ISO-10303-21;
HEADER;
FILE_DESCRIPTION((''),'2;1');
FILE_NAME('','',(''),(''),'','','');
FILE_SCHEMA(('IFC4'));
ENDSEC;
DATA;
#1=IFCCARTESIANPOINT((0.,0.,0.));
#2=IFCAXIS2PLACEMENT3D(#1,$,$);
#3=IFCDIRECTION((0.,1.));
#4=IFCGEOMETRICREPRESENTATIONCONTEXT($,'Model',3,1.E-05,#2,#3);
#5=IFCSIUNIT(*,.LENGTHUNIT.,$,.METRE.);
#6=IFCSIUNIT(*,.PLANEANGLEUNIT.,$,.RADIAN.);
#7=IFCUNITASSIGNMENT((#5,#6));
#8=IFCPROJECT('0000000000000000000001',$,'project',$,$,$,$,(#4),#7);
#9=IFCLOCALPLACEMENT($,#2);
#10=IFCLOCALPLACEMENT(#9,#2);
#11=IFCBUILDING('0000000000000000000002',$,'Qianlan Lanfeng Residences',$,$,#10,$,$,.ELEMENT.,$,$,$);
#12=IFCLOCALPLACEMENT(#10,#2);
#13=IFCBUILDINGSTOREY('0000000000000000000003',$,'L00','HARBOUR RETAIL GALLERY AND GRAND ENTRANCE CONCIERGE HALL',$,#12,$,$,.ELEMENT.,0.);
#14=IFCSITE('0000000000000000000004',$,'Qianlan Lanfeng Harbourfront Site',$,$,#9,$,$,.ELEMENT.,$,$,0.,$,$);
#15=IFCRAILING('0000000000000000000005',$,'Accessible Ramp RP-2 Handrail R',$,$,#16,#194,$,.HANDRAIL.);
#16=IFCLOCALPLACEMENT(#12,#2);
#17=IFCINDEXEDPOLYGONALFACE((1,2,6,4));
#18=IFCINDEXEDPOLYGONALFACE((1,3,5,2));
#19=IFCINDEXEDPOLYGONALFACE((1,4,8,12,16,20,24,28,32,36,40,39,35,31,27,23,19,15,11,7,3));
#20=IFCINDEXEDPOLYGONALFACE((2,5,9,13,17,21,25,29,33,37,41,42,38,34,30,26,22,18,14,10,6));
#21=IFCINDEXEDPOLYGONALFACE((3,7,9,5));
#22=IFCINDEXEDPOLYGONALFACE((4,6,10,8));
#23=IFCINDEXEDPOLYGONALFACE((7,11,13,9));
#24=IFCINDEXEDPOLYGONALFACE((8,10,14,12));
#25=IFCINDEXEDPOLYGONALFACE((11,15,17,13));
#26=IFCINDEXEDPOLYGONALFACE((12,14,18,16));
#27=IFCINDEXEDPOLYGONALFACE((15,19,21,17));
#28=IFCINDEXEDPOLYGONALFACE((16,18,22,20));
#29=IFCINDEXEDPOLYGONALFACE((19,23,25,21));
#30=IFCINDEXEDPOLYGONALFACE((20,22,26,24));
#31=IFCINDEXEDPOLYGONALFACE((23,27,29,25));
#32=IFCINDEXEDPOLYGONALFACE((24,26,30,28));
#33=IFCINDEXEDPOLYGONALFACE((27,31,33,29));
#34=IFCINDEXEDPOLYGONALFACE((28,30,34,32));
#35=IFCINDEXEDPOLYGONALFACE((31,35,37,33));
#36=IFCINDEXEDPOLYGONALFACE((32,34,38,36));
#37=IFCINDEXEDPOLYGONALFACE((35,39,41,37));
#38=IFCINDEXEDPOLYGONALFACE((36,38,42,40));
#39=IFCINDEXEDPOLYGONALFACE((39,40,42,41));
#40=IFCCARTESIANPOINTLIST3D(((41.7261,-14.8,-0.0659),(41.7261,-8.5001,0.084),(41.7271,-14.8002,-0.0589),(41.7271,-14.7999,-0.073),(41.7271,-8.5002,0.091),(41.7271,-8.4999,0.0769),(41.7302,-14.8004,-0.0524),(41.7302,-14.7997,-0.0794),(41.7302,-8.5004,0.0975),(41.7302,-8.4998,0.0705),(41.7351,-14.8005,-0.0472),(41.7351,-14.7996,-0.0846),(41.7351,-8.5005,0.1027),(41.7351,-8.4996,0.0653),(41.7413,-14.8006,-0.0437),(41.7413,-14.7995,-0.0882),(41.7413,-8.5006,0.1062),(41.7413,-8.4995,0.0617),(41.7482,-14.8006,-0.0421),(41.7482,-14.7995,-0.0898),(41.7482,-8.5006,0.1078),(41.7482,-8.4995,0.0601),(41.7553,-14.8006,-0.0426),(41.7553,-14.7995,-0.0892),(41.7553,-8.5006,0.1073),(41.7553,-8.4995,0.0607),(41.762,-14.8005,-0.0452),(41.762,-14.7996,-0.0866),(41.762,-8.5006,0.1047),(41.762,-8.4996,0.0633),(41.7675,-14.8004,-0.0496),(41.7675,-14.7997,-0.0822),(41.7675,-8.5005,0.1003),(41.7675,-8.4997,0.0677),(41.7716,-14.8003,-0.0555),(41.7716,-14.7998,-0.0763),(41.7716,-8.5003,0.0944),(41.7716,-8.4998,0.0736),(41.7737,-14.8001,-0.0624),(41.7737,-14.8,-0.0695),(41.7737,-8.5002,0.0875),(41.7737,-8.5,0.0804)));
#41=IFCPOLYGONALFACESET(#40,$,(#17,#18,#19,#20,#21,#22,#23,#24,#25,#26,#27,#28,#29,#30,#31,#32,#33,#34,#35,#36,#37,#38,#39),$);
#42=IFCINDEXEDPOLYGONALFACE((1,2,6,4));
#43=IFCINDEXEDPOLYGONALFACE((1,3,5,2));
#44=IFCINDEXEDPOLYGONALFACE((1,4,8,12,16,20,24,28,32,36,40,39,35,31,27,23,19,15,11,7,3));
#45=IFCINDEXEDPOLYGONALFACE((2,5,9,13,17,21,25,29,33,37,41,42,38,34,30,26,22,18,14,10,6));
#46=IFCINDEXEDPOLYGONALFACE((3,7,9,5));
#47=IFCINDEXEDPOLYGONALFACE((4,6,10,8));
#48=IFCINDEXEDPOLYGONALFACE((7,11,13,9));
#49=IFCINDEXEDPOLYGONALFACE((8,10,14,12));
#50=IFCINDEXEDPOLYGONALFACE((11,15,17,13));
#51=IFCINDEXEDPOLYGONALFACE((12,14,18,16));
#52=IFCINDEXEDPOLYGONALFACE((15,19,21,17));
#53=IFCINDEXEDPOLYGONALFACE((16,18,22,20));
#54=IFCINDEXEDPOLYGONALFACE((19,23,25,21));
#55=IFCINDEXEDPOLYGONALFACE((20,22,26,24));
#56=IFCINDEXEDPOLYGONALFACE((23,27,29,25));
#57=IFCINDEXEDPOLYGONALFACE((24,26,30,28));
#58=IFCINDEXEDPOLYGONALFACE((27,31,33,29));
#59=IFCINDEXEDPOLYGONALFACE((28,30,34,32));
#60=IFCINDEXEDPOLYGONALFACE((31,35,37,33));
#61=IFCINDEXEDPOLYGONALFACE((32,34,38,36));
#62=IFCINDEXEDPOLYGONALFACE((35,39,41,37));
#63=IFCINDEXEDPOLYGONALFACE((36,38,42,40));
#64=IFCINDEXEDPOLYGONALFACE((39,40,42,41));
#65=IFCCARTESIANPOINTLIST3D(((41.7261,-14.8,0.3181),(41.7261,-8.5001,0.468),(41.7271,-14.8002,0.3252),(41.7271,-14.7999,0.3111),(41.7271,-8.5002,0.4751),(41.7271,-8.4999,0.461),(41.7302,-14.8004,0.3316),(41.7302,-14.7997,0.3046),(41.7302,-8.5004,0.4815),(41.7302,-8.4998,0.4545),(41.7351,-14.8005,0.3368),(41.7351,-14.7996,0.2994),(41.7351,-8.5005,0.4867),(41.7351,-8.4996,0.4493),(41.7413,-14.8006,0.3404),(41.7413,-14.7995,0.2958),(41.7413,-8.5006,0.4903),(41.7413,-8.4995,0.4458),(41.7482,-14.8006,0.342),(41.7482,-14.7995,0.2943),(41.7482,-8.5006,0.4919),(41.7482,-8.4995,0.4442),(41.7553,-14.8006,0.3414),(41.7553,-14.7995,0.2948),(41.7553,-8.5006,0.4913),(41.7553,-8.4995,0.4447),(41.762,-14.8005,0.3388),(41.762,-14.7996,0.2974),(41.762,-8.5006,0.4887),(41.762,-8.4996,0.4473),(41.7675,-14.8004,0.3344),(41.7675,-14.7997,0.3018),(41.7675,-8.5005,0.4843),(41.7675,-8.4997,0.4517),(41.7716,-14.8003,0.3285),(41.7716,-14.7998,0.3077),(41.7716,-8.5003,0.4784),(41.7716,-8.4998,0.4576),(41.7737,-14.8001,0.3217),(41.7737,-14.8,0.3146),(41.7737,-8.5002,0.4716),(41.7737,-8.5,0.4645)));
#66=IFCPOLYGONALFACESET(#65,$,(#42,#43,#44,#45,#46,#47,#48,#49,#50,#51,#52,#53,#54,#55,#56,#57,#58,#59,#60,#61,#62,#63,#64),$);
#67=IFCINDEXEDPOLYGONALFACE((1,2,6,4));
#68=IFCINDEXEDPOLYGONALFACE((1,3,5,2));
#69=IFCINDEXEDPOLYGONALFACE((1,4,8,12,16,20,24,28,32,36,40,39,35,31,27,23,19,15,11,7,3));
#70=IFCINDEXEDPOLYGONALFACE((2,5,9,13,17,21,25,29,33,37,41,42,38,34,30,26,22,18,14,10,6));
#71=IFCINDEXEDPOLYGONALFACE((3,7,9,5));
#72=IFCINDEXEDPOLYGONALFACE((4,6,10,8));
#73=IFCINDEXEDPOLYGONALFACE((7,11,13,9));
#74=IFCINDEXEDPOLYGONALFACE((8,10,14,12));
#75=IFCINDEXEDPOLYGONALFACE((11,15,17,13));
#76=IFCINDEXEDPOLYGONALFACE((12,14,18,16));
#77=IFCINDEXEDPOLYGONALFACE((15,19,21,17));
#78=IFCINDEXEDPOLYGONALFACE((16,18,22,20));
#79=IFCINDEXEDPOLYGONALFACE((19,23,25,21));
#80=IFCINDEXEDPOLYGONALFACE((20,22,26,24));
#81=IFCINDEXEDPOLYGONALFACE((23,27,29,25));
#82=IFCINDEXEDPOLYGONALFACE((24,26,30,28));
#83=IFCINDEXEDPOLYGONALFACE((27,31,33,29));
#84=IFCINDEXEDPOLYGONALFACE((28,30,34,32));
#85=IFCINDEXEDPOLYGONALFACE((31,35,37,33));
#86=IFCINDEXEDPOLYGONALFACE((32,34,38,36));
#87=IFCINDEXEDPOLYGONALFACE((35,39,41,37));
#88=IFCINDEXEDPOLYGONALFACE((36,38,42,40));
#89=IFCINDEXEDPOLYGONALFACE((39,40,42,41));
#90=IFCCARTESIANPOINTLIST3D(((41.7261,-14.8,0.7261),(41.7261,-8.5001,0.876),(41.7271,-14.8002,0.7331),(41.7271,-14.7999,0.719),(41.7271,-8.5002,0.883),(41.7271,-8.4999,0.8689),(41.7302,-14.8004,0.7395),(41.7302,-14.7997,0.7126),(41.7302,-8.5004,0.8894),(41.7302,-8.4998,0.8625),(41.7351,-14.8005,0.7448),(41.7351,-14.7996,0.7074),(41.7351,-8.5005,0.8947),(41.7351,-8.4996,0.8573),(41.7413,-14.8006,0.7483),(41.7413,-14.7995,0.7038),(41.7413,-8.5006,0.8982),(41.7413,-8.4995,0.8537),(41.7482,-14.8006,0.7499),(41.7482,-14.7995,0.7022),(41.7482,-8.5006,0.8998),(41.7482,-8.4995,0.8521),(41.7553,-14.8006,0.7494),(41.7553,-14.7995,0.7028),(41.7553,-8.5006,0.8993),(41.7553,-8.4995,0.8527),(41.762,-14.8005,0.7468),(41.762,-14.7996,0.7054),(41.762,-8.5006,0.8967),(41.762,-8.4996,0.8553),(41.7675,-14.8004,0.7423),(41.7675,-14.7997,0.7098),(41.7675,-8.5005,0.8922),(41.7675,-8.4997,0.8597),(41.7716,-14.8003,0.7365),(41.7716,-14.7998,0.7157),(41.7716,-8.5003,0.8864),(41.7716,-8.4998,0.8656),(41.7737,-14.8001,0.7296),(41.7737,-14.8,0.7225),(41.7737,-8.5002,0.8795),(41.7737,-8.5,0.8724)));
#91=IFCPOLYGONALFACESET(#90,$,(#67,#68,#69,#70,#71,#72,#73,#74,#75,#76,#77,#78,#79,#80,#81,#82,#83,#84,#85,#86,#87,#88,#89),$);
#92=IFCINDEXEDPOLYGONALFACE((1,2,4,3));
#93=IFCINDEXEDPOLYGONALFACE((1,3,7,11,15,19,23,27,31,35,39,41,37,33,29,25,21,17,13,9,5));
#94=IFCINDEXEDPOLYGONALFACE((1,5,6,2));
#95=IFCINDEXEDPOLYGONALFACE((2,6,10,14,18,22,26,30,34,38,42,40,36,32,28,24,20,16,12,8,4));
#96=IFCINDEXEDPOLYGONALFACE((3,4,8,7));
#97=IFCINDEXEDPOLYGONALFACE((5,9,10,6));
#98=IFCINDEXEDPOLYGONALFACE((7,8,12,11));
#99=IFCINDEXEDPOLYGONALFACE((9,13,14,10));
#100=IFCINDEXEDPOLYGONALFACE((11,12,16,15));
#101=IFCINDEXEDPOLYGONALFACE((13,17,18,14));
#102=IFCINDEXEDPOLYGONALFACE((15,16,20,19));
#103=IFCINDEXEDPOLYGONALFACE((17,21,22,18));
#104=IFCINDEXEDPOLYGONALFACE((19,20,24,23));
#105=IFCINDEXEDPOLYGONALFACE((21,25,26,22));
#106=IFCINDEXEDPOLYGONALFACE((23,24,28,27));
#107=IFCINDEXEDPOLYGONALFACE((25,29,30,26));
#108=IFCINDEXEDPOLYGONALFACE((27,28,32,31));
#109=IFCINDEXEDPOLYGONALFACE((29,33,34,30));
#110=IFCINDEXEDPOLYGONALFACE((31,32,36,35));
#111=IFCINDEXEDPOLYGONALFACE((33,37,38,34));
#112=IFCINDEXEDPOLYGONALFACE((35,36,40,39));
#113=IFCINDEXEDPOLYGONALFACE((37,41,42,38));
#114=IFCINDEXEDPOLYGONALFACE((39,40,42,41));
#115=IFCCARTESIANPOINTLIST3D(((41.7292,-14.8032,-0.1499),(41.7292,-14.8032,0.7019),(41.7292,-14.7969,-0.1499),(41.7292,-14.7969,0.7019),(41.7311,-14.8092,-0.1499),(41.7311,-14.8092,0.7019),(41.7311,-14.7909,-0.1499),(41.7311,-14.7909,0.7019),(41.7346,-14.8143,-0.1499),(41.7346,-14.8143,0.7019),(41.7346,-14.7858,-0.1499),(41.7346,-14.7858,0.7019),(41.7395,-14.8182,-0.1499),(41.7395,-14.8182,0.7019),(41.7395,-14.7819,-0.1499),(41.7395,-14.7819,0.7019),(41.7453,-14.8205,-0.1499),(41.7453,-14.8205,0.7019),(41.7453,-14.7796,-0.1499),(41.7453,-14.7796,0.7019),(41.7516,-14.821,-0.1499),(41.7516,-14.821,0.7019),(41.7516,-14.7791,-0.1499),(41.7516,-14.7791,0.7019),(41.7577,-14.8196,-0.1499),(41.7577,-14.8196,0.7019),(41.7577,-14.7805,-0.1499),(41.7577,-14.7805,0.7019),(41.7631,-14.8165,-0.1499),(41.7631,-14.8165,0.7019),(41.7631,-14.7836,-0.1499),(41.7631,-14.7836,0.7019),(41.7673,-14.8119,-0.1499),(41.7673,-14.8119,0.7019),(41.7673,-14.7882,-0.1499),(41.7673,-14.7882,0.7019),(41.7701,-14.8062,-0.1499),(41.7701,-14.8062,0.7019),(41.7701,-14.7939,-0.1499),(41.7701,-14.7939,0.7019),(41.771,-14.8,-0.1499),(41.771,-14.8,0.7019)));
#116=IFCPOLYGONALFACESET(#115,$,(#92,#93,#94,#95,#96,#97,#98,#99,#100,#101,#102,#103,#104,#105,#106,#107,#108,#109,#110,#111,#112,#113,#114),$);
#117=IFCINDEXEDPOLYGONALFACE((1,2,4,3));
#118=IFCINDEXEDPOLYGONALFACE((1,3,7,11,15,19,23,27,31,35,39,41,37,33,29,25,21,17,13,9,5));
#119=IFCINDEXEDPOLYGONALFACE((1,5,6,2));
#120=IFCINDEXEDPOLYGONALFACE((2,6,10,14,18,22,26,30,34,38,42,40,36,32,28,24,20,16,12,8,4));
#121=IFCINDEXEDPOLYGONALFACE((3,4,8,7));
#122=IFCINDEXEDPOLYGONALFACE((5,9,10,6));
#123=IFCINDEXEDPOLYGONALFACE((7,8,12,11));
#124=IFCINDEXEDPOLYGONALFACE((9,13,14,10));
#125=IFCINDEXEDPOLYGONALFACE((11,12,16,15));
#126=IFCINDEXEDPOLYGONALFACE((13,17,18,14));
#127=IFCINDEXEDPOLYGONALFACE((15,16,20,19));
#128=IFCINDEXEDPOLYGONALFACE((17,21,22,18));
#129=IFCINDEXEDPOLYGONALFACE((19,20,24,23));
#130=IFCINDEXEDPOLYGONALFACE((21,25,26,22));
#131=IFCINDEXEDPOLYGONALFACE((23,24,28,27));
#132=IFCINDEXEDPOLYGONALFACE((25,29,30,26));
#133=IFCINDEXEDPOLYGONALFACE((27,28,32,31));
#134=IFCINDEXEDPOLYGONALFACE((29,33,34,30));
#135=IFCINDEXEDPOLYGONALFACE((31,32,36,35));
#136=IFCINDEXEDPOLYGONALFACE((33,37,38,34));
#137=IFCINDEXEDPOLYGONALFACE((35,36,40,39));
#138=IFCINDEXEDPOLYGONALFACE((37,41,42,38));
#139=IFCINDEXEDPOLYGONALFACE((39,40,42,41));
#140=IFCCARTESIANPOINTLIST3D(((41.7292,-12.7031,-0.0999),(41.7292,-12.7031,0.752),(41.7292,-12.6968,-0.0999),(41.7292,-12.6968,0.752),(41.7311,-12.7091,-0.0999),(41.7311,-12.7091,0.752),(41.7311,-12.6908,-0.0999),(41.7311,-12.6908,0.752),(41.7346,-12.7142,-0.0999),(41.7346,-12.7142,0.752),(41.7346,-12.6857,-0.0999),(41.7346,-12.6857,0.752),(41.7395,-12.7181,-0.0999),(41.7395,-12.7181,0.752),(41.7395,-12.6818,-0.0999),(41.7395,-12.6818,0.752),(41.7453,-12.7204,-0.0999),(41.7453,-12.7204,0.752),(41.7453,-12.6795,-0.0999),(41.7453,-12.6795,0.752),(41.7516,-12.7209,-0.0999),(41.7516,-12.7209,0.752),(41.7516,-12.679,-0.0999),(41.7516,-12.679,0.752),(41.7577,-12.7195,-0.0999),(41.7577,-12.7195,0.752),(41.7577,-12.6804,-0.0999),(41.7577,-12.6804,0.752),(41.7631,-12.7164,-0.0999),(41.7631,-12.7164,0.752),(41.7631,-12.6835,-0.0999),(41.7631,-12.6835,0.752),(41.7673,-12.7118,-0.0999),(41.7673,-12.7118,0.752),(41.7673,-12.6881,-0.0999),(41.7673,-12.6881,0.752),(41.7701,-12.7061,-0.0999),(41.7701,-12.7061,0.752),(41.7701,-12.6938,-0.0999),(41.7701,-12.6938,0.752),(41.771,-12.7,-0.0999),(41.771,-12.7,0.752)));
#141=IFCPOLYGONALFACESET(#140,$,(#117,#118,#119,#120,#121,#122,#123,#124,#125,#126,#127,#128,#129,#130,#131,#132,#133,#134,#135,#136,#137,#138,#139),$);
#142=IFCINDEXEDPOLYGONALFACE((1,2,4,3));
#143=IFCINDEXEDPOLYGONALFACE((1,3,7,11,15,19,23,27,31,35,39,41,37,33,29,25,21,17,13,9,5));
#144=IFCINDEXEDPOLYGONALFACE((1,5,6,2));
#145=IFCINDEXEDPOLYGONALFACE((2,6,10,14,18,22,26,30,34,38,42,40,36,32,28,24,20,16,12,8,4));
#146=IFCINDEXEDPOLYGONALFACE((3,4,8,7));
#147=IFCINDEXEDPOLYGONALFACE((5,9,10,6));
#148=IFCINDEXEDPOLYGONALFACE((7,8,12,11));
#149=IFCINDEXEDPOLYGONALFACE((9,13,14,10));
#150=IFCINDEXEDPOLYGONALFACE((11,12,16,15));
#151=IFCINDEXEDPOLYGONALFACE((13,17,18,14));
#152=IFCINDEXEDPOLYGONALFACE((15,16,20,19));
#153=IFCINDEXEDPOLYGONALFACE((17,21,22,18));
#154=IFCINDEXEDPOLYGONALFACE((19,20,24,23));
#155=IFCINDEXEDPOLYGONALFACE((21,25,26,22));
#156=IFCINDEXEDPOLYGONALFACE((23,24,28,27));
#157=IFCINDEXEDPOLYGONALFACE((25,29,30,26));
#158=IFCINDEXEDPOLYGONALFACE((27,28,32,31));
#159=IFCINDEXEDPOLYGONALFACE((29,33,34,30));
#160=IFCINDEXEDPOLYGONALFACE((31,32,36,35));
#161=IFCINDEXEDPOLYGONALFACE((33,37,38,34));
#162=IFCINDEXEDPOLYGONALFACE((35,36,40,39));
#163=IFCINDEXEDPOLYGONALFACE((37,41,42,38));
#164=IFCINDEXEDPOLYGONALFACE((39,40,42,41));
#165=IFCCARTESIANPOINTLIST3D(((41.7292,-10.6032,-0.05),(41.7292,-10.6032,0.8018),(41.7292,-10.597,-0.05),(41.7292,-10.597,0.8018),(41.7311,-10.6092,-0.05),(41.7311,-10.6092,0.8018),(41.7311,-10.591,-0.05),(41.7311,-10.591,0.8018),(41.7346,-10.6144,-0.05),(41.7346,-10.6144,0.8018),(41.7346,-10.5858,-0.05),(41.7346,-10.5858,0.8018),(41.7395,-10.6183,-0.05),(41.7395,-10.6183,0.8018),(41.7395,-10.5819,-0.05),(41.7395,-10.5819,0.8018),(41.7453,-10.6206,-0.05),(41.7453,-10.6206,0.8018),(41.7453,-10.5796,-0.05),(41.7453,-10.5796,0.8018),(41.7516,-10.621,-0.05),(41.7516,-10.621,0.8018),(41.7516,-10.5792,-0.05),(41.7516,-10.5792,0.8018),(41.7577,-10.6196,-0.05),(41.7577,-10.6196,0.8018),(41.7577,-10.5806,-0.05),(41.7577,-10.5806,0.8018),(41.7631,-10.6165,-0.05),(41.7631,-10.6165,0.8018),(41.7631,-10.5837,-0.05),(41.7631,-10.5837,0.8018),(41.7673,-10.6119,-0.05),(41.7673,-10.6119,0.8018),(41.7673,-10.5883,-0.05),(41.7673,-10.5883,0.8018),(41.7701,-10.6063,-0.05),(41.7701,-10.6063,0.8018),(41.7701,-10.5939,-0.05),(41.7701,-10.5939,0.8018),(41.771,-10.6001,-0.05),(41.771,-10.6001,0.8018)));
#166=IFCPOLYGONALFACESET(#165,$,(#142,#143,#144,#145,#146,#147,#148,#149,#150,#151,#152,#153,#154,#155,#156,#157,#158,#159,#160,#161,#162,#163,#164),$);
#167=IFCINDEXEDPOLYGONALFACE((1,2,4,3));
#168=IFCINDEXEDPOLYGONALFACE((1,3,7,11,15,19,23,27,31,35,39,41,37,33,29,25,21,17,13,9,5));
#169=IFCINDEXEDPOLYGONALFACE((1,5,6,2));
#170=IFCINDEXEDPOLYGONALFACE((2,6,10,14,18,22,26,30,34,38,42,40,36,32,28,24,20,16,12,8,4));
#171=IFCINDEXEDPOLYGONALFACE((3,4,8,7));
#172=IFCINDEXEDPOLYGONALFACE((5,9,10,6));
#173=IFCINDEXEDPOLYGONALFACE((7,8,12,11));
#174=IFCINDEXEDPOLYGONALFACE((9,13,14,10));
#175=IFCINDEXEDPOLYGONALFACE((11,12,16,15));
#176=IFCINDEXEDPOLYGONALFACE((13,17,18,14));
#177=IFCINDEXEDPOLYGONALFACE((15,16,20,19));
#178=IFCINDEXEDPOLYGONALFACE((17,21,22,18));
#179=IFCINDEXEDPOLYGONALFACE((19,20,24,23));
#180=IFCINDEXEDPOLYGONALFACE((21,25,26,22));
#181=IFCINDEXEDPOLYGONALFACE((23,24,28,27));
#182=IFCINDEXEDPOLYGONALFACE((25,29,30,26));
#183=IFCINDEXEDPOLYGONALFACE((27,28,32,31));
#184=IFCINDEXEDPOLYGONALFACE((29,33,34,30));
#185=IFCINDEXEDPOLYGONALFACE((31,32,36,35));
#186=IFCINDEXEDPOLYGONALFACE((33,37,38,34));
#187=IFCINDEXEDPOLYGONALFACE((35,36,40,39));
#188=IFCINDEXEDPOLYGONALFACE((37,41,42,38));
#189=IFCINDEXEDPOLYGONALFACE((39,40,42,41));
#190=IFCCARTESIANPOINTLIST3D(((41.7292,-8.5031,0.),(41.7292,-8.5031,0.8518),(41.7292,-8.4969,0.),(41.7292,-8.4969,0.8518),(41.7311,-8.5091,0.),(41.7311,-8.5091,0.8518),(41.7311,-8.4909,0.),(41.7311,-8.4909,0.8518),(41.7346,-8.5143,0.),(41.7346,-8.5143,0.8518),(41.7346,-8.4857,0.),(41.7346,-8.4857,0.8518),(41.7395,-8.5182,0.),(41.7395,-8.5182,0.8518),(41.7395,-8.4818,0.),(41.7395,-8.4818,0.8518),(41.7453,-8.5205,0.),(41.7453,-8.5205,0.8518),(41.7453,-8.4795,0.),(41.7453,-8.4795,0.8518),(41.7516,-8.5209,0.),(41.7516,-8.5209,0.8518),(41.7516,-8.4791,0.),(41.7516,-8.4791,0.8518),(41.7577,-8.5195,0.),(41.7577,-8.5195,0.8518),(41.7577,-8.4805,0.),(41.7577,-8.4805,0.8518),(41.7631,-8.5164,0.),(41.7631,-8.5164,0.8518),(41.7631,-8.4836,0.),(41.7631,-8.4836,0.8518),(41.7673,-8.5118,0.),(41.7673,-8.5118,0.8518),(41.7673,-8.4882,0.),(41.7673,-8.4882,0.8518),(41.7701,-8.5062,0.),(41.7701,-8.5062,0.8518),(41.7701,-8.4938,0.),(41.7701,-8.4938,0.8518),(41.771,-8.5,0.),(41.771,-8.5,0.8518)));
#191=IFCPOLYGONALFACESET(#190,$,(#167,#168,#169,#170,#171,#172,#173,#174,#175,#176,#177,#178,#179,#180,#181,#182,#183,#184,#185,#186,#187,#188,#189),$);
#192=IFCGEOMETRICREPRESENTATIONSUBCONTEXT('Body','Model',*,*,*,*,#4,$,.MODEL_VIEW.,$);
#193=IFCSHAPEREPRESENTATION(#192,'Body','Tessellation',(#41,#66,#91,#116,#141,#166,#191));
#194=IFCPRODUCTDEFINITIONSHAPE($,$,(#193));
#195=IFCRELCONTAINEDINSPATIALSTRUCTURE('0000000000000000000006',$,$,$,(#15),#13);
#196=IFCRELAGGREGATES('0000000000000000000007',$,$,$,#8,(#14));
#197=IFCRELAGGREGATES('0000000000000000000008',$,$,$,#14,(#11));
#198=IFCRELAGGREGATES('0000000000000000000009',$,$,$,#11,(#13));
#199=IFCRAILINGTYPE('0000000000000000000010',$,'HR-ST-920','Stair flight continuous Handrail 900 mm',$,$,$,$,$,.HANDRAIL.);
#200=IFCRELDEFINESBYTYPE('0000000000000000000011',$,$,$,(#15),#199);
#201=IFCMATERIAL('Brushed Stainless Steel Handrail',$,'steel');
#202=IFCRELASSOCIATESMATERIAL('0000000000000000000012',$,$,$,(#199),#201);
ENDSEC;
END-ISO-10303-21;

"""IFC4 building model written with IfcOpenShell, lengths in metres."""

from ifc_helpers import new_model, si_unit, direction, frame, origin, origin_2d, place, context, subcontext, project, spatial, circle, extrude, material, type_object, element, save


model = new_model("IFC4")

# Units and contexts
model_context = context("Model", 3, precision=1e-05, world=origin(), true_north=direction((0.0, 1.0)))
body_context = subcontext(model_context, "Body", "Model", "MODEL_VIEW")
ifc_project = project(units=[si_unit("LENGTHUNIT", "METRE"), si_unit("PLANEANGLEUNIT", "RADIAN")], contexts=[model_context])

# Site, building, storey
site_placement = place(None, origin())
site = spatial("IfcSite", under=ifc_project, at=site_placement, Name="Qianlan Lanfeng Harbourfront Site", CompositionType="ELEMENT", RefElevation=0.0)
building_placement = place(site_placement, origin())
building = spatial("IfcBuilding", under=site, at=building_placement, Name="Qianlan Lanfeng Residences", CompositionType="ELEMENT")
storey_placement = place(building_placement, origin())
storey = spatial("IfcBuildingStorey", under=building, at=storey_placement, Name="L00", Description="HARBOUR RETAIL GALLERY AND GRAND ENTRANCE CONCIERGE HALL", CompositionType="ELEMENT", Elevation=0.0)

# Railing
ifc_material_1 = material(Name="Brushed Stainless Steel Handrail", Category="steel")
railing_type = type_object("IfcRailingType", Name="HR-ST-920", Description="Stair flight continuous Handrail 900 mm", PredefinedType="HANDRAIL", material=ifc_material_1)
railing_placement = place(storey_placement, frame((41.75, -14.8, -0.1499)))
element("IfcRailing", 1, at=railing_placement, inside=storey, type_object=railing_type, Name="Accessible Ramp RP-2 Handrail R", PredefinedType="HANDRAIL", context=body_context, shape_type="SweptSolid", body=[
    extrude(circle(Radius=0.0239, at=origin_2d()), frame((0.0, 0.0, 0.084), z_axis=(0.0, 0.999717, 0.023787), x_axis=(-1.0, 0.0, 0.0)), (0.0, 0.0, 1.0), 6.3018),
    extrude(circle(Radius=0.0239, at=origin_2d()), frame((0.0, 0.0, 0.468), z_axis=(0.0, 0.999717, 0.023787), x_axis=(-1.0, 0.0, 0.0)), (0.0, 0.0, 1.0), 6.3018),
    extrude(circle(Radius=0.0239, at=origin_2d()), frame((0.0, 0.0, 0.876), z_axis=(0.0, 0.999717, 0.023787), x_axis=(-1.0, 0.0, 0.0)), (0.0, 0.0, 1.0), 6.3018),
    extrude(circle(Radius=0.021, at=origin_2d()), origin(), (0.0, 0.0, 1.0), 0.8518),
    extrude(circle(Radius=0.021, at=origin_2d()), frame((0.0, 2.1001, 0.05)), (0.0, 0.0, 1.0), 0.8518),
    extrude(circle(Radius=0.021, at=origin_2d()), frame((0.0, 4.2, 0.0999)), (0.0, 0.0, 1.0), 0.8518),
    extrude(circle(Radius=0.021, at=origin_2d()), frame((0.0, 6.3, 0.1499)), (0.0, 0.0, 1.0), 0.8518),
])

save(model, "model.ifc")
